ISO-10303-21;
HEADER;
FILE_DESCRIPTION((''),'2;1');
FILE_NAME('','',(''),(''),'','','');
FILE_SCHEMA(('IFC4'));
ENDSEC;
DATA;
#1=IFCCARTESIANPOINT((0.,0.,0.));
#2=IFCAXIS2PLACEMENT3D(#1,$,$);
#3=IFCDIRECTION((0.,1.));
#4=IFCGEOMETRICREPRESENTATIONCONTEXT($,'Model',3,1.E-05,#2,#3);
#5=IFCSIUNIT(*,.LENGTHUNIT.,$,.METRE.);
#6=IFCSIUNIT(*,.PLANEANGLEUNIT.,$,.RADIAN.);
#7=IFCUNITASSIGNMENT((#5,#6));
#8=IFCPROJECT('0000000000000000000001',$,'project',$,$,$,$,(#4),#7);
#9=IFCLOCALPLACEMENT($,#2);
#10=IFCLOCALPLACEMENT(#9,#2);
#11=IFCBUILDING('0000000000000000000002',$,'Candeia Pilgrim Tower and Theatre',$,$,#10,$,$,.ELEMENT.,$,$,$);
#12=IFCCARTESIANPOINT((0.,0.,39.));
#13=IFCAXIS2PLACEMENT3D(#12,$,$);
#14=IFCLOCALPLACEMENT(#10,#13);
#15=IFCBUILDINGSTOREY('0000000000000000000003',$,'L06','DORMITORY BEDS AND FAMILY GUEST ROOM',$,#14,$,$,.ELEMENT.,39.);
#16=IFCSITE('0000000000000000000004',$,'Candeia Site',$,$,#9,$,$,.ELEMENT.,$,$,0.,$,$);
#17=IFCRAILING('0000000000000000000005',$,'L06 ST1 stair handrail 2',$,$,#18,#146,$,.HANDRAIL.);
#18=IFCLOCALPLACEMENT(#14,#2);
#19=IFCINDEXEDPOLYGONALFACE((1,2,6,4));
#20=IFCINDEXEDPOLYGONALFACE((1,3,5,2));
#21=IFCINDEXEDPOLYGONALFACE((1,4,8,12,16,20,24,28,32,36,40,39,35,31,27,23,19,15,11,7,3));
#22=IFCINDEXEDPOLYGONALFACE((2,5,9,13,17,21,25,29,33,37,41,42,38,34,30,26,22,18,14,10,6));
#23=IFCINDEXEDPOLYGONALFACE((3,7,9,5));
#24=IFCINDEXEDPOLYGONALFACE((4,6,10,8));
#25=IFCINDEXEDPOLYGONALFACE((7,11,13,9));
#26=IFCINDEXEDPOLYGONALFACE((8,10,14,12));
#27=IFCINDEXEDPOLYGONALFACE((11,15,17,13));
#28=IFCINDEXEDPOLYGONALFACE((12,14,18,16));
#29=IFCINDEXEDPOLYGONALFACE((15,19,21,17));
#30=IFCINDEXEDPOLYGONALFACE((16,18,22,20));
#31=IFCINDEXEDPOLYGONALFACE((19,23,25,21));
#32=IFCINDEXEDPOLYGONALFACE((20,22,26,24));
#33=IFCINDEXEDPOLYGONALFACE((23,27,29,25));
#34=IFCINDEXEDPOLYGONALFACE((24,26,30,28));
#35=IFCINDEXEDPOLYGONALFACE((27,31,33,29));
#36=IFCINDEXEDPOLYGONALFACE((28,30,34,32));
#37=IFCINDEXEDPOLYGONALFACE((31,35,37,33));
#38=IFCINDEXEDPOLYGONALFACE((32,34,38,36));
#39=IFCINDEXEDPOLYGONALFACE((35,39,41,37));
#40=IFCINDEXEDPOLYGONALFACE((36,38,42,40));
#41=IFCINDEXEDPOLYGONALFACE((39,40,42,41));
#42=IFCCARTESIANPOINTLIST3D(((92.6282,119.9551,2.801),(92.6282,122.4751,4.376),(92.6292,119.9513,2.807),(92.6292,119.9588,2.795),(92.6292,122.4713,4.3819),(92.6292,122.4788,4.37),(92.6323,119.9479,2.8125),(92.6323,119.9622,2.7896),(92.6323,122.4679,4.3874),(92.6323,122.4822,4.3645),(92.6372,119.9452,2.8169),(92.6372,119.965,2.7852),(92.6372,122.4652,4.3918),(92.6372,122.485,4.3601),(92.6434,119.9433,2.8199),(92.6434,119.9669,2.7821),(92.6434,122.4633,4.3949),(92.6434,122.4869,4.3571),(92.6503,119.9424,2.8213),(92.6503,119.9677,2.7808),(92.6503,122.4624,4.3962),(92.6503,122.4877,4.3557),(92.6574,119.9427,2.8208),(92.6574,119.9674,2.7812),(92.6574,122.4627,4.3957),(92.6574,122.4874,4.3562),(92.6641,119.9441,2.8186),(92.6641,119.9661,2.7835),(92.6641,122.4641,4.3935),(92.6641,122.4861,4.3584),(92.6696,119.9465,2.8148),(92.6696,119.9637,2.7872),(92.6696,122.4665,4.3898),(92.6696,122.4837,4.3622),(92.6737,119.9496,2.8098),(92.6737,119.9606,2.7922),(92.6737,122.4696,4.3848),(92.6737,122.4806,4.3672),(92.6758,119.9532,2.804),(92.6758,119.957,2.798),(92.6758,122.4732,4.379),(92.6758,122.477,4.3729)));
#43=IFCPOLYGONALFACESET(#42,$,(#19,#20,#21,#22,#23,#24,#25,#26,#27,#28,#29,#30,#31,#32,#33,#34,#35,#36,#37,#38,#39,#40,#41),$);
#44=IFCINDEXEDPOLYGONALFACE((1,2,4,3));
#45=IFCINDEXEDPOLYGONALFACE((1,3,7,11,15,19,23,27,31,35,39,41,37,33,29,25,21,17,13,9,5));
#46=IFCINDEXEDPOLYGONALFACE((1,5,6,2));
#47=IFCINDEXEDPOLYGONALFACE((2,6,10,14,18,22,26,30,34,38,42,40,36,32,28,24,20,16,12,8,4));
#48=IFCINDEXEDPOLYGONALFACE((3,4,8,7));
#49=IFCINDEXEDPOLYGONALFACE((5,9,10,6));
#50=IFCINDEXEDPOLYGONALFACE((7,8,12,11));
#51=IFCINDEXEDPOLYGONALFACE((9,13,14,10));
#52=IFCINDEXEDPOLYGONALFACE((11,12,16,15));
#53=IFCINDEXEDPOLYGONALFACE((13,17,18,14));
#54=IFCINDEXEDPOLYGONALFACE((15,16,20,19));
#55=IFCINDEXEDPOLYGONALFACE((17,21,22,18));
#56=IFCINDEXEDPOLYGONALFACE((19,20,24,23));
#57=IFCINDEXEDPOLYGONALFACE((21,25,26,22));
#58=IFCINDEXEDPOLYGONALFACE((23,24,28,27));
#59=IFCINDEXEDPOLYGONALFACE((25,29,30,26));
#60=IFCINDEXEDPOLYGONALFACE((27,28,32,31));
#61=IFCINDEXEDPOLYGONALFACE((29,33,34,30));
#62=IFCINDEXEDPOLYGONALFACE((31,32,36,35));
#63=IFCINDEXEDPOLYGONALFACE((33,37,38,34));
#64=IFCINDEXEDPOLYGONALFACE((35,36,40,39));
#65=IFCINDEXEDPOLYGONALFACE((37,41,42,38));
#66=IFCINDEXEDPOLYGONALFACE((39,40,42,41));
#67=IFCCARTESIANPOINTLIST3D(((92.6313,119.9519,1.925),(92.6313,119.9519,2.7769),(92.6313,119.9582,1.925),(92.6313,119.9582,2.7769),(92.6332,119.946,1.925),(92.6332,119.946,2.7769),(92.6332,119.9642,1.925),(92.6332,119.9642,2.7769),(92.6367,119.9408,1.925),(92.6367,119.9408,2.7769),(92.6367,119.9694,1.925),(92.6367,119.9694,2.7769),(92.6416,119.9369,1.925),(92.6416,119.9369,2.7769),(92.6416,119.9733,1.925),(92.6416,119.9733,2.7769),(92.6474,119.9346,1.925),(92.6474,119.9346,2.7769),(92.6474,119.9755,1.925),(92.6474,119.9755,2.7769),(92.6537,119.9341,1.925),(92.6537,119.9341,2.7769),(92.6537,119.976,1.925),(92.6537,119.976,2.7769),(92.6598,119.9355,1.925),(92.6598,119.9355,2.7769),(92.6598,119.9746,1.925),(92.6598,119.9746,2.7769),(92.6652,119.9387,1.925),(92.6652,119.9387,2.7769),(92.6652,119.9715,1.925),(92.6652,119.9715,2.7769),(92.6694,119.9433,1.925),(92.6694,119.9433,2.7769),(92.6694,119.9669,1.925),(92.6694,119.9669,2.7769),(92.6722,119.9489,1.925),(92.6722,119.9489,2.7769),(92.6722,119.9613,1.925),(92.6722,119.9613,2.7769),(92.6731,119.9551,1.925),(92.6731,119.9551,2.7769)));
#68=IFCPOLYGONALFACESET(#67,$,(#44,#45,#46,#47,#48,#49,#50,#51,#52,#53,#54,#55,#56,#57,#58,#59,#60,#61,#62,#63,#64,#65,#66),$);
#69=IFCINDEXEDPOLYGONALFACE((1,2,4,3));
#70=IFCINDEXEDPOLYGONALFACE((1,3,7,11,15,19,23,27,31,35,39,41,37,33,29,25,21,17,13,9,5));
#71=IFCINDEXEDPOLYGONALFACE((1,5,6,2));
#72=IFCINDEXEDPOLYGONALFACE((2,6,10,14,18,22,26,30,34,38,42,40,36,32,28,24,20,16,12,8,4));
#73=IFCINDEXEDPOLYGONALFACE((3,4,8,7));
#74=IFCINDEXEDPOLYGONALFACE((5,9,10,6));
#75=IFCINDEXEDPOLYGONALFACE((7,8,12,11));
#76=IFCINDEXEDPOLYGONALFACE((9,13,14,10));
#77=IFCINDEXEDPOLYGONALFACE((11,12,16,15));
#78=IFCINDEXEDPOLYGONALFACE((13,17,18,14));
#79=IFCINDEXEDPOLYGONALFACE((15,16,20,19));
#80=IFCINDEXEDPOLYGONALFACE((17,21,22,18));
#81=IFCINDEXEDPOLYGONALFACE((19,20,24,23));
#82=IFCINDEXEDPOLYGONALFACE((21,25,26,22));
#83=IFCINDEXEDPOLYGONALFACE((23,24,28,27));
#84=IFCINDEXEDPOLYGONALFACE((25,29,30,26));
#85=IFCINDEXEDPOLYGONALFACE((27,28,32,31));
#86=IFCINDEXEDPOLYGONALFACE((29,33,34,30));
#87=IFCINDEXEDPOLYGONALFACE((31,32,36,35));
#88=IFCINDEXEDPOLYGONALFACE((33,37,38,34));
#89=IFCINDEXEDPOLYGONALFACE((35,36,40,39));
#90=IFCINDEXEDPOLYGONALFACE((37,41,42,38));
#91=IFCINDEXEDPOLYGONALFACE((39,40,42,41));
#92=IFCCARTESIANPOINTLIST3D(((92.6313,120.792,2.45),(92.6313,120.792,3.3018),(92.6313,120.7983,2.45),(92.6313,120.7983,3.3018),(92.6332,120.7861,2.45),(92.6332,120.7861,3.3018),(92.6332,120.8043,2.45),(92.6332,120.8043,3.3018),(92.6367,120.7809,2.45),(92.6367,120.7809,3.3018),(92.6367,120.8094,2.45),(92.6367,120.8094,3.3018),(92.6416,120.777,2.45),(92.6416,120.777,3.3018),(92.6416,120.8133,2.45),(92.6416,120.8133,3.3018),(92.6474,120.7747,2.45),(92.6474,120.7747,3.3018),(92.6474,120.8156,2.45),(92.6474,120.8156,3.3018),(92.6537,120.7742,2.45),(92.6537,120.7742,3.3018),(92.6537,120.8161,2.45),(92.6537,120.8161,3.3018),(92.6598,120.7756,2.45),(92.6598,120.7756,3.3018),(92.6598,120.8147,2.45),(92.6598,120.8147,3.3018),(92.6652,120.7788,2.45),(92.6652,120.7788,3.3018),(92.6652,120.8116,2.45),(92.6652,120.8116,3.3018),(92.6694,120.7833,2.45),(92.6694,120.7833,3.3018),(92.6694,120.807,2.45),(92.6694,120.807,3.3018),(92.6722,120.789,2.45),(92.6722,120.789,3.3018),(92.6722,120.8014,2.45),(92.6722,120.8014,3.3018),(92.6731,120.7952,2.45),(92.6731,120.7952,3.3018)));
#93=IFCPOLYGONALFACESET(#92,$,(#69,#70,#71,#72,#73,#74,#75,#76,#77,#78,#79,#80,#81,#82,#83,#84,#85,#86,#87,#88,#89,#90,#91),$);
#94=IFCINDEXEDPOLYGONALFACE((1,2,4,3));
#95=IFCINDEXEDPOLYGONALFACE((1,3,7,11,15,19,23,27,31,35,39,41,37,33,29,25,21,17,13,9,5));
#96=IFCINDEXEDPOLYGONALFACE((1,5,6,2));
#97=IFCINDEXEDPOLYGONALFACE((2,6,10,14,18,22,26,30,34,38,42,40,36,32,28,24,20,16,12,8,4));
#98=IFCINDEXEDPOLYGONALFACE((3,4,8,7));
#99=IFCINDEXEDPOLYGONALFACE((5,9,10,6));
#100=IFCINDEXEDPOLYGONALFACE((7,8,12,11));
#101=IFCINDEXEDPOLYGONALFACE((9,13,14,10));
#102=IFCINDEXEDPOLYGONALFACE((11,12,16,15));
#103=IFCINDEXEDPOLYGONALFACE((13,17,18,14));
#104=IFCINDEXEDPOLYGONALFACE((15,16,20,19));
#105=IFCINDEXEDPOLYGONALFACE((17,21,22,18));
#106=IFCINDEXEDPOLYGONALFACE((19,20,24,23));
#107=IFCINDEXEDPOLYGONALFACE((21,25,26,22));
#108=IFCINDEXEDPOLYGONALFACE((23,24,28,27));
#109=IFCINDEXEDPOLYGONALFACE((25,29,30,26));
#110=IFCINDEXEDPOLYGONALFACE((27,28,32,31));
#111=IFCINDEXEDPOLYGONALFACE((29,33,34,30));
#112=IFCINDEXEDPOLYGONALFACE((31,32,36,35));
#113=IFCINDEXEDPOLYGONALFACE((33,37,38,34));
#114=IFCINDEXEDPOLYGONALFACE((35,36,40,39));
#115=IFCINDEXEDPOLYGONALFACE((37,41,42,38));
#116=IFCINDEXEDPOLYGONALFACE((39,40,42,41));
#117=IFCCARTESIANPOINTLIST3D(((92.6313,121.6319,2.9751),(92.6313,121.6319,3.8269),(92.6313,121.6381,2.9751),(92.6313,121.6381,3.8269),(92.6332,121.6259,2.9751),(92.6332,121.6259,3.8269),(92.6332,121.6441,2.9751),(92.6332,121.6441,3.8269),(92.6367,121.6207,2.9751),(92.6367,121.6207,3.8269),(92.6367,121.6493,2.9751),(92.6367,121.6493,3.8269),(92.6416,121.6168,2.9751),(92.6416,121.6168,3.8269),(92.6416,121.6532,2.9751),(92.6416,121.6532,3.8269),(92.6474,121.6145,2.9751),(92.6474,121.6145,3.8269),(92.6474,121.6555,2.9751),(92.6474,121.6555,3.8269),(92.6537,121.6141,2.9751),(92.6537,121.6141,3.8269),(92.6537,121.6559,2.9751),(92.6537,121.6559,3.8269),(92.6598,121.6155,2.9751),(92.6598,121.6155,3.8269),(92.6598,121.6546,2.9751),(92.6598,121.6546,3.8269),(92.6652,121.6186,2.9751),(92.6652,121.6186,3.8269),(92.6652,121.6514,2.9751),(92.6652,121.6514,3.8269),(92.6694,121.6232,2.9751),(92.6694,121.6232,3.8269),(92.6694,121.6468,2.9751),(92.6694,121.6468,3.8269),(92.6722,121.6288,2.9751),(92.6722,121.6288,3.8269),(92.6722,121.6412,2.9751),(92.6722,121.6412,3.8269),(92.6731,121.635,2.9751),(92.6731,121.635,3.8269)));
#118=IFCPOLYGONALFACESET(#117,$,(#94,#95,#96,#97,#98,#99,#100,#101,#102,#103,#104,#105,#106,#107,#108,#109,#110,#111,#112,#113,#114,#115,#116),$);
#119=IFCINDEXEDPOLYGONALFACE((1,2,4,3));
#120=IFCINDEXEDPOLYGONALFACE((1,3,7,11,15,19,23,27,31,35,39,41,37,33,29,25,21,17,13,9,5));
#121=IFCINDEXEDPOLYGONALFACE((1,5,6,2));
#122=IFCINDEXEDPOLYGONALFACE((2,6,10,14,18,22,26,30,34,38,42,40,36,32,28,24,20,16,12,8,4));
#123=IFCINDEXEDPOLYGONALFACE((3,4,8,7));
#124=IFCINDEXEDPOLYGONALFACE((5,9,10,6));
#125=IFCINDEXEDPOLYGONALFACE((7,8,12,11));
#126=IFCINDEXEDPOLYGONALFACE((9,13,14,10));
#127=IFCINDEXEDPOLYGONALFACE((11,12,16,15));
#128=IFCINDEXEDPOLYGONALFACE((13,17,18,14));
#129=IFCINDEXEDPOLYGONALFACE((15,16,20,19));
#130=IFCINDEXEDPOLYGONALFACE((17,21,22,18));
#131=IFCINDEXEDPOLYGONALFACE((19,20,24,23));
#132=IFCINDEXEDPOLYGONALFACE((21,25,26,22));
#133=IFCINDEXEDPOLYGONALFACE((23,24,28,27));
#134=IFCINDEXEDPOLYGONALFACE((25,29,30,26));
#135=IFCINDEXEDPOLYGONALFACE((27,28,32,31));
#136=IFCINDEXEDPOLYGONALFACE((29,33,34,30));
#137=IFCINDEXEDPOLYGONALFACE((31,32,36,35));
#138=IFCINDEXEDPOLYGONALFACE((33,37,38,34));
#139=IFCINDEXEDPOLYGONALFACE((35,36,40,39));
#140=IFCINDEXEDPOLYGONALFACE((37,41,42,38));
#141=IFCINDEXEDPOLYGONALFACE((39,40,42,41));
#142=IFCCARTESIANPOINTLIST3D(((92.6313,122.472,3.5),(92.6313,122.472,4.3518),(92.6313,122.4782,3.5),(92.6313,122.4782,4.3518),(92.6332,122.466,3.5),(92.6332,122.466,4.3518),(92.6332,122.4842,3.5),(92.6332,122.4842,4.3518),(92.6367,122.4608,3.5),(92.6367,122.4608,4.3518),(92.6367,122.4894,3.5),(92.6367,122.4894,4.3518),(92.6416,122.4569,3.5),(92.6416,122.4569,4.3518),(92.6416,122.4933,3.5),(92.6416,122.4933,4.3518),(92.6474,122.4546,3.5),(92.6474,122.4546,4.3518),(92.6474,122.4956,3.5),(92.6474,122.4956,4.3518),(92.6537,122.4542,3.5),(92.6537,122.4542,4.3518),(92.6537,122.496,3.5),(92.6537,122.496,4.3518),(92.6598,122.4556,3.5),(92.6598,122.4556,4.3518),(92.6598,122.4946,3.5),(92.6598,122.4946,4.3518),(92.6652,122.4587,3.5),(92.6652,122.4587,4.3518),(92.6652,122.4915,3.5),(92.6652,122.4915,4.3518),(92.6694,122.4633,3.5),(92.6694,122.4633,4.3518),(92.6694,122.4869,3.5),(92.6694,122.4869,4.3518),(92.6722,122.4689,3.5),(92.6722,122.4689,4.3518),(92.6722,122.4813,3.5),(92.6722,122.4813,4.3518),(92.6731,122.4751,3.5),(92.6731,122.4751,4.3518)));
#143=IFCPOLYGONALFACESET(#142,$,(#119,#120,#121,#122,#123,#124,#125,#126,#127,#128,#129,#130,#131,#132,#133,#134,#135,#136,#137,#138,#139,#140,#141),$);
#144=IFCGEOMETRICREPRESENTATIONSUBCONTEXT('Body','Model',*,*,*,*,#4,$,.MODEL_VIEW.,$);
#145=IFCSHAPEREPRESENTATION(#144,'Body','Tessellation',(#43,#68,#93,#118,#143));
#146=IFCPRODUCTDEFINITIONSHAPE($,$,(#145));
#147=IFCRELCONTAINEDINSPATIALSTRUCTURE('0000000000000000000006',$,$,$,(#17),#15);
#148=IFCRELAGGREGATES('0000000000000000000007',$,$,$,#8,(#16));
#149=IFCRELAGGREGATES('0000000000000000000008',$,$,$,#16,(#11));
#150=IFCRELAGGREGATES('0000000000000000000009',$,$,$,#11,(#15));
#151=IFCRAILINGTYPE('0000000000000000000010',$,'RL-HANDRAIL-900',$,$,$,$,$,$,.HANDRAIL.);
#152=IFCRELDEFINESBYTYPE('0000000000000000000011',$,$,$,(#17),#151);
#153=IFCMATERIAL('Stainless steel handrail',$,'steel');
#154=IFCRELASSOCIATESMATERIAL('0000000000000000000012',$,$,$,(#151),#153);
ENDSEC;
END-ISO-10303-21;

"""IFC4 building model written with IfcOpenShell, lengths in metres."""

from ifc_helpers import new_model, si_unit, direction, frame, origin, origin_2d, place, context, subcontext, project, spatial, circle, extrude, material, type_object, element, save


model = new_model("IFC4")

# Units and contexts
model_context = context("Model", 3, precision=1e-05, world=origin(), true_north=direction((0.0, 1.0)))
body_context = subcontext(model_context, "Body", "Model", "MODEL_VIEW")
ifc_project = project(units=[si_unit("LENGTHUNIT", "METRE"), si_unit("PLANEANGLEUNIT", "RADIAN")], contexts=[model_context])

# Site, building, storey
site_placement = place(None, origin())
site = spatial("IfcSite", under=ifc_project, at=site_placement, Name="Candeia Site", CompositionType="ELEMENT", RefElevation=0.0)
building_placement = place(site_placement, origin())
building = spatial("IfcBuilding", under=site, at=building_placement, Name="Candeia Pilgrim Tower and Theatre", CompositionType="ELEMENT")
storey_placement = place(building_placement, frame((0.0, 0.0, 39.0)))
storey = spatial("IfcBuildingStorey", under=building, at=storey_placement, Name="L06", Description="DORMITORY BEDS AND FAMILY GUEST ROOM", CompositionType="ELEMENT", Elevation=39.0)

# Railing
ifc_material_1 = material(Name="Stainless steel handrail", Category="steel")
railing_type_1 = type_object("IfcRailingType", Name="RL-HANDRAIL-900", PredefinedType="HANDRAIL", material=ifc_material_1)
railing_1_placement = place(storey_placement, frame((92.6521, 119.9551, 1.925)))
element("IfcRailing", 1, at=railing_1_placement, inside=storey, type_object=railing_type_1, Name="L06 ST1 stair handrail 2", PredefinedType="HANDRAIL", context=body_context, shape_type="SweptSolid", body=[
    extrude(circle(Radius=0.0239, at=origin_2d()), frame((0.0, 0.0, 0.876), z_axis=(0.0, 0.848008, 0.529984), x_axis=(-1.0, 0.0, 0.0)), (0.0, 0.0, 1.0), 2.9717),
    extrude(circle(Radius=0.021, at=origin_2d()), origin(), (0.0, 0.0, 1.0), 0.8518),
    extrude(circle(Radius=0.021, at=origin_2d()), frame((0.0, 0.8401, 0.5249)), (0.0, 0.0, 1.0), 0.8518),
    extrude(circle(Radius=0.021, at=origin_2d()), frame((0.0, 1.6799, 1.05)), (0.0, 0.0, 1.0), 0.8518),
    extrude(circle(Radius=0.021, at=origin_2d()), frame((0.0, 2.52, 1.575)), (0.0, 0.0, 1.0), 0.8518),
])

save(model, "model.ifc")
